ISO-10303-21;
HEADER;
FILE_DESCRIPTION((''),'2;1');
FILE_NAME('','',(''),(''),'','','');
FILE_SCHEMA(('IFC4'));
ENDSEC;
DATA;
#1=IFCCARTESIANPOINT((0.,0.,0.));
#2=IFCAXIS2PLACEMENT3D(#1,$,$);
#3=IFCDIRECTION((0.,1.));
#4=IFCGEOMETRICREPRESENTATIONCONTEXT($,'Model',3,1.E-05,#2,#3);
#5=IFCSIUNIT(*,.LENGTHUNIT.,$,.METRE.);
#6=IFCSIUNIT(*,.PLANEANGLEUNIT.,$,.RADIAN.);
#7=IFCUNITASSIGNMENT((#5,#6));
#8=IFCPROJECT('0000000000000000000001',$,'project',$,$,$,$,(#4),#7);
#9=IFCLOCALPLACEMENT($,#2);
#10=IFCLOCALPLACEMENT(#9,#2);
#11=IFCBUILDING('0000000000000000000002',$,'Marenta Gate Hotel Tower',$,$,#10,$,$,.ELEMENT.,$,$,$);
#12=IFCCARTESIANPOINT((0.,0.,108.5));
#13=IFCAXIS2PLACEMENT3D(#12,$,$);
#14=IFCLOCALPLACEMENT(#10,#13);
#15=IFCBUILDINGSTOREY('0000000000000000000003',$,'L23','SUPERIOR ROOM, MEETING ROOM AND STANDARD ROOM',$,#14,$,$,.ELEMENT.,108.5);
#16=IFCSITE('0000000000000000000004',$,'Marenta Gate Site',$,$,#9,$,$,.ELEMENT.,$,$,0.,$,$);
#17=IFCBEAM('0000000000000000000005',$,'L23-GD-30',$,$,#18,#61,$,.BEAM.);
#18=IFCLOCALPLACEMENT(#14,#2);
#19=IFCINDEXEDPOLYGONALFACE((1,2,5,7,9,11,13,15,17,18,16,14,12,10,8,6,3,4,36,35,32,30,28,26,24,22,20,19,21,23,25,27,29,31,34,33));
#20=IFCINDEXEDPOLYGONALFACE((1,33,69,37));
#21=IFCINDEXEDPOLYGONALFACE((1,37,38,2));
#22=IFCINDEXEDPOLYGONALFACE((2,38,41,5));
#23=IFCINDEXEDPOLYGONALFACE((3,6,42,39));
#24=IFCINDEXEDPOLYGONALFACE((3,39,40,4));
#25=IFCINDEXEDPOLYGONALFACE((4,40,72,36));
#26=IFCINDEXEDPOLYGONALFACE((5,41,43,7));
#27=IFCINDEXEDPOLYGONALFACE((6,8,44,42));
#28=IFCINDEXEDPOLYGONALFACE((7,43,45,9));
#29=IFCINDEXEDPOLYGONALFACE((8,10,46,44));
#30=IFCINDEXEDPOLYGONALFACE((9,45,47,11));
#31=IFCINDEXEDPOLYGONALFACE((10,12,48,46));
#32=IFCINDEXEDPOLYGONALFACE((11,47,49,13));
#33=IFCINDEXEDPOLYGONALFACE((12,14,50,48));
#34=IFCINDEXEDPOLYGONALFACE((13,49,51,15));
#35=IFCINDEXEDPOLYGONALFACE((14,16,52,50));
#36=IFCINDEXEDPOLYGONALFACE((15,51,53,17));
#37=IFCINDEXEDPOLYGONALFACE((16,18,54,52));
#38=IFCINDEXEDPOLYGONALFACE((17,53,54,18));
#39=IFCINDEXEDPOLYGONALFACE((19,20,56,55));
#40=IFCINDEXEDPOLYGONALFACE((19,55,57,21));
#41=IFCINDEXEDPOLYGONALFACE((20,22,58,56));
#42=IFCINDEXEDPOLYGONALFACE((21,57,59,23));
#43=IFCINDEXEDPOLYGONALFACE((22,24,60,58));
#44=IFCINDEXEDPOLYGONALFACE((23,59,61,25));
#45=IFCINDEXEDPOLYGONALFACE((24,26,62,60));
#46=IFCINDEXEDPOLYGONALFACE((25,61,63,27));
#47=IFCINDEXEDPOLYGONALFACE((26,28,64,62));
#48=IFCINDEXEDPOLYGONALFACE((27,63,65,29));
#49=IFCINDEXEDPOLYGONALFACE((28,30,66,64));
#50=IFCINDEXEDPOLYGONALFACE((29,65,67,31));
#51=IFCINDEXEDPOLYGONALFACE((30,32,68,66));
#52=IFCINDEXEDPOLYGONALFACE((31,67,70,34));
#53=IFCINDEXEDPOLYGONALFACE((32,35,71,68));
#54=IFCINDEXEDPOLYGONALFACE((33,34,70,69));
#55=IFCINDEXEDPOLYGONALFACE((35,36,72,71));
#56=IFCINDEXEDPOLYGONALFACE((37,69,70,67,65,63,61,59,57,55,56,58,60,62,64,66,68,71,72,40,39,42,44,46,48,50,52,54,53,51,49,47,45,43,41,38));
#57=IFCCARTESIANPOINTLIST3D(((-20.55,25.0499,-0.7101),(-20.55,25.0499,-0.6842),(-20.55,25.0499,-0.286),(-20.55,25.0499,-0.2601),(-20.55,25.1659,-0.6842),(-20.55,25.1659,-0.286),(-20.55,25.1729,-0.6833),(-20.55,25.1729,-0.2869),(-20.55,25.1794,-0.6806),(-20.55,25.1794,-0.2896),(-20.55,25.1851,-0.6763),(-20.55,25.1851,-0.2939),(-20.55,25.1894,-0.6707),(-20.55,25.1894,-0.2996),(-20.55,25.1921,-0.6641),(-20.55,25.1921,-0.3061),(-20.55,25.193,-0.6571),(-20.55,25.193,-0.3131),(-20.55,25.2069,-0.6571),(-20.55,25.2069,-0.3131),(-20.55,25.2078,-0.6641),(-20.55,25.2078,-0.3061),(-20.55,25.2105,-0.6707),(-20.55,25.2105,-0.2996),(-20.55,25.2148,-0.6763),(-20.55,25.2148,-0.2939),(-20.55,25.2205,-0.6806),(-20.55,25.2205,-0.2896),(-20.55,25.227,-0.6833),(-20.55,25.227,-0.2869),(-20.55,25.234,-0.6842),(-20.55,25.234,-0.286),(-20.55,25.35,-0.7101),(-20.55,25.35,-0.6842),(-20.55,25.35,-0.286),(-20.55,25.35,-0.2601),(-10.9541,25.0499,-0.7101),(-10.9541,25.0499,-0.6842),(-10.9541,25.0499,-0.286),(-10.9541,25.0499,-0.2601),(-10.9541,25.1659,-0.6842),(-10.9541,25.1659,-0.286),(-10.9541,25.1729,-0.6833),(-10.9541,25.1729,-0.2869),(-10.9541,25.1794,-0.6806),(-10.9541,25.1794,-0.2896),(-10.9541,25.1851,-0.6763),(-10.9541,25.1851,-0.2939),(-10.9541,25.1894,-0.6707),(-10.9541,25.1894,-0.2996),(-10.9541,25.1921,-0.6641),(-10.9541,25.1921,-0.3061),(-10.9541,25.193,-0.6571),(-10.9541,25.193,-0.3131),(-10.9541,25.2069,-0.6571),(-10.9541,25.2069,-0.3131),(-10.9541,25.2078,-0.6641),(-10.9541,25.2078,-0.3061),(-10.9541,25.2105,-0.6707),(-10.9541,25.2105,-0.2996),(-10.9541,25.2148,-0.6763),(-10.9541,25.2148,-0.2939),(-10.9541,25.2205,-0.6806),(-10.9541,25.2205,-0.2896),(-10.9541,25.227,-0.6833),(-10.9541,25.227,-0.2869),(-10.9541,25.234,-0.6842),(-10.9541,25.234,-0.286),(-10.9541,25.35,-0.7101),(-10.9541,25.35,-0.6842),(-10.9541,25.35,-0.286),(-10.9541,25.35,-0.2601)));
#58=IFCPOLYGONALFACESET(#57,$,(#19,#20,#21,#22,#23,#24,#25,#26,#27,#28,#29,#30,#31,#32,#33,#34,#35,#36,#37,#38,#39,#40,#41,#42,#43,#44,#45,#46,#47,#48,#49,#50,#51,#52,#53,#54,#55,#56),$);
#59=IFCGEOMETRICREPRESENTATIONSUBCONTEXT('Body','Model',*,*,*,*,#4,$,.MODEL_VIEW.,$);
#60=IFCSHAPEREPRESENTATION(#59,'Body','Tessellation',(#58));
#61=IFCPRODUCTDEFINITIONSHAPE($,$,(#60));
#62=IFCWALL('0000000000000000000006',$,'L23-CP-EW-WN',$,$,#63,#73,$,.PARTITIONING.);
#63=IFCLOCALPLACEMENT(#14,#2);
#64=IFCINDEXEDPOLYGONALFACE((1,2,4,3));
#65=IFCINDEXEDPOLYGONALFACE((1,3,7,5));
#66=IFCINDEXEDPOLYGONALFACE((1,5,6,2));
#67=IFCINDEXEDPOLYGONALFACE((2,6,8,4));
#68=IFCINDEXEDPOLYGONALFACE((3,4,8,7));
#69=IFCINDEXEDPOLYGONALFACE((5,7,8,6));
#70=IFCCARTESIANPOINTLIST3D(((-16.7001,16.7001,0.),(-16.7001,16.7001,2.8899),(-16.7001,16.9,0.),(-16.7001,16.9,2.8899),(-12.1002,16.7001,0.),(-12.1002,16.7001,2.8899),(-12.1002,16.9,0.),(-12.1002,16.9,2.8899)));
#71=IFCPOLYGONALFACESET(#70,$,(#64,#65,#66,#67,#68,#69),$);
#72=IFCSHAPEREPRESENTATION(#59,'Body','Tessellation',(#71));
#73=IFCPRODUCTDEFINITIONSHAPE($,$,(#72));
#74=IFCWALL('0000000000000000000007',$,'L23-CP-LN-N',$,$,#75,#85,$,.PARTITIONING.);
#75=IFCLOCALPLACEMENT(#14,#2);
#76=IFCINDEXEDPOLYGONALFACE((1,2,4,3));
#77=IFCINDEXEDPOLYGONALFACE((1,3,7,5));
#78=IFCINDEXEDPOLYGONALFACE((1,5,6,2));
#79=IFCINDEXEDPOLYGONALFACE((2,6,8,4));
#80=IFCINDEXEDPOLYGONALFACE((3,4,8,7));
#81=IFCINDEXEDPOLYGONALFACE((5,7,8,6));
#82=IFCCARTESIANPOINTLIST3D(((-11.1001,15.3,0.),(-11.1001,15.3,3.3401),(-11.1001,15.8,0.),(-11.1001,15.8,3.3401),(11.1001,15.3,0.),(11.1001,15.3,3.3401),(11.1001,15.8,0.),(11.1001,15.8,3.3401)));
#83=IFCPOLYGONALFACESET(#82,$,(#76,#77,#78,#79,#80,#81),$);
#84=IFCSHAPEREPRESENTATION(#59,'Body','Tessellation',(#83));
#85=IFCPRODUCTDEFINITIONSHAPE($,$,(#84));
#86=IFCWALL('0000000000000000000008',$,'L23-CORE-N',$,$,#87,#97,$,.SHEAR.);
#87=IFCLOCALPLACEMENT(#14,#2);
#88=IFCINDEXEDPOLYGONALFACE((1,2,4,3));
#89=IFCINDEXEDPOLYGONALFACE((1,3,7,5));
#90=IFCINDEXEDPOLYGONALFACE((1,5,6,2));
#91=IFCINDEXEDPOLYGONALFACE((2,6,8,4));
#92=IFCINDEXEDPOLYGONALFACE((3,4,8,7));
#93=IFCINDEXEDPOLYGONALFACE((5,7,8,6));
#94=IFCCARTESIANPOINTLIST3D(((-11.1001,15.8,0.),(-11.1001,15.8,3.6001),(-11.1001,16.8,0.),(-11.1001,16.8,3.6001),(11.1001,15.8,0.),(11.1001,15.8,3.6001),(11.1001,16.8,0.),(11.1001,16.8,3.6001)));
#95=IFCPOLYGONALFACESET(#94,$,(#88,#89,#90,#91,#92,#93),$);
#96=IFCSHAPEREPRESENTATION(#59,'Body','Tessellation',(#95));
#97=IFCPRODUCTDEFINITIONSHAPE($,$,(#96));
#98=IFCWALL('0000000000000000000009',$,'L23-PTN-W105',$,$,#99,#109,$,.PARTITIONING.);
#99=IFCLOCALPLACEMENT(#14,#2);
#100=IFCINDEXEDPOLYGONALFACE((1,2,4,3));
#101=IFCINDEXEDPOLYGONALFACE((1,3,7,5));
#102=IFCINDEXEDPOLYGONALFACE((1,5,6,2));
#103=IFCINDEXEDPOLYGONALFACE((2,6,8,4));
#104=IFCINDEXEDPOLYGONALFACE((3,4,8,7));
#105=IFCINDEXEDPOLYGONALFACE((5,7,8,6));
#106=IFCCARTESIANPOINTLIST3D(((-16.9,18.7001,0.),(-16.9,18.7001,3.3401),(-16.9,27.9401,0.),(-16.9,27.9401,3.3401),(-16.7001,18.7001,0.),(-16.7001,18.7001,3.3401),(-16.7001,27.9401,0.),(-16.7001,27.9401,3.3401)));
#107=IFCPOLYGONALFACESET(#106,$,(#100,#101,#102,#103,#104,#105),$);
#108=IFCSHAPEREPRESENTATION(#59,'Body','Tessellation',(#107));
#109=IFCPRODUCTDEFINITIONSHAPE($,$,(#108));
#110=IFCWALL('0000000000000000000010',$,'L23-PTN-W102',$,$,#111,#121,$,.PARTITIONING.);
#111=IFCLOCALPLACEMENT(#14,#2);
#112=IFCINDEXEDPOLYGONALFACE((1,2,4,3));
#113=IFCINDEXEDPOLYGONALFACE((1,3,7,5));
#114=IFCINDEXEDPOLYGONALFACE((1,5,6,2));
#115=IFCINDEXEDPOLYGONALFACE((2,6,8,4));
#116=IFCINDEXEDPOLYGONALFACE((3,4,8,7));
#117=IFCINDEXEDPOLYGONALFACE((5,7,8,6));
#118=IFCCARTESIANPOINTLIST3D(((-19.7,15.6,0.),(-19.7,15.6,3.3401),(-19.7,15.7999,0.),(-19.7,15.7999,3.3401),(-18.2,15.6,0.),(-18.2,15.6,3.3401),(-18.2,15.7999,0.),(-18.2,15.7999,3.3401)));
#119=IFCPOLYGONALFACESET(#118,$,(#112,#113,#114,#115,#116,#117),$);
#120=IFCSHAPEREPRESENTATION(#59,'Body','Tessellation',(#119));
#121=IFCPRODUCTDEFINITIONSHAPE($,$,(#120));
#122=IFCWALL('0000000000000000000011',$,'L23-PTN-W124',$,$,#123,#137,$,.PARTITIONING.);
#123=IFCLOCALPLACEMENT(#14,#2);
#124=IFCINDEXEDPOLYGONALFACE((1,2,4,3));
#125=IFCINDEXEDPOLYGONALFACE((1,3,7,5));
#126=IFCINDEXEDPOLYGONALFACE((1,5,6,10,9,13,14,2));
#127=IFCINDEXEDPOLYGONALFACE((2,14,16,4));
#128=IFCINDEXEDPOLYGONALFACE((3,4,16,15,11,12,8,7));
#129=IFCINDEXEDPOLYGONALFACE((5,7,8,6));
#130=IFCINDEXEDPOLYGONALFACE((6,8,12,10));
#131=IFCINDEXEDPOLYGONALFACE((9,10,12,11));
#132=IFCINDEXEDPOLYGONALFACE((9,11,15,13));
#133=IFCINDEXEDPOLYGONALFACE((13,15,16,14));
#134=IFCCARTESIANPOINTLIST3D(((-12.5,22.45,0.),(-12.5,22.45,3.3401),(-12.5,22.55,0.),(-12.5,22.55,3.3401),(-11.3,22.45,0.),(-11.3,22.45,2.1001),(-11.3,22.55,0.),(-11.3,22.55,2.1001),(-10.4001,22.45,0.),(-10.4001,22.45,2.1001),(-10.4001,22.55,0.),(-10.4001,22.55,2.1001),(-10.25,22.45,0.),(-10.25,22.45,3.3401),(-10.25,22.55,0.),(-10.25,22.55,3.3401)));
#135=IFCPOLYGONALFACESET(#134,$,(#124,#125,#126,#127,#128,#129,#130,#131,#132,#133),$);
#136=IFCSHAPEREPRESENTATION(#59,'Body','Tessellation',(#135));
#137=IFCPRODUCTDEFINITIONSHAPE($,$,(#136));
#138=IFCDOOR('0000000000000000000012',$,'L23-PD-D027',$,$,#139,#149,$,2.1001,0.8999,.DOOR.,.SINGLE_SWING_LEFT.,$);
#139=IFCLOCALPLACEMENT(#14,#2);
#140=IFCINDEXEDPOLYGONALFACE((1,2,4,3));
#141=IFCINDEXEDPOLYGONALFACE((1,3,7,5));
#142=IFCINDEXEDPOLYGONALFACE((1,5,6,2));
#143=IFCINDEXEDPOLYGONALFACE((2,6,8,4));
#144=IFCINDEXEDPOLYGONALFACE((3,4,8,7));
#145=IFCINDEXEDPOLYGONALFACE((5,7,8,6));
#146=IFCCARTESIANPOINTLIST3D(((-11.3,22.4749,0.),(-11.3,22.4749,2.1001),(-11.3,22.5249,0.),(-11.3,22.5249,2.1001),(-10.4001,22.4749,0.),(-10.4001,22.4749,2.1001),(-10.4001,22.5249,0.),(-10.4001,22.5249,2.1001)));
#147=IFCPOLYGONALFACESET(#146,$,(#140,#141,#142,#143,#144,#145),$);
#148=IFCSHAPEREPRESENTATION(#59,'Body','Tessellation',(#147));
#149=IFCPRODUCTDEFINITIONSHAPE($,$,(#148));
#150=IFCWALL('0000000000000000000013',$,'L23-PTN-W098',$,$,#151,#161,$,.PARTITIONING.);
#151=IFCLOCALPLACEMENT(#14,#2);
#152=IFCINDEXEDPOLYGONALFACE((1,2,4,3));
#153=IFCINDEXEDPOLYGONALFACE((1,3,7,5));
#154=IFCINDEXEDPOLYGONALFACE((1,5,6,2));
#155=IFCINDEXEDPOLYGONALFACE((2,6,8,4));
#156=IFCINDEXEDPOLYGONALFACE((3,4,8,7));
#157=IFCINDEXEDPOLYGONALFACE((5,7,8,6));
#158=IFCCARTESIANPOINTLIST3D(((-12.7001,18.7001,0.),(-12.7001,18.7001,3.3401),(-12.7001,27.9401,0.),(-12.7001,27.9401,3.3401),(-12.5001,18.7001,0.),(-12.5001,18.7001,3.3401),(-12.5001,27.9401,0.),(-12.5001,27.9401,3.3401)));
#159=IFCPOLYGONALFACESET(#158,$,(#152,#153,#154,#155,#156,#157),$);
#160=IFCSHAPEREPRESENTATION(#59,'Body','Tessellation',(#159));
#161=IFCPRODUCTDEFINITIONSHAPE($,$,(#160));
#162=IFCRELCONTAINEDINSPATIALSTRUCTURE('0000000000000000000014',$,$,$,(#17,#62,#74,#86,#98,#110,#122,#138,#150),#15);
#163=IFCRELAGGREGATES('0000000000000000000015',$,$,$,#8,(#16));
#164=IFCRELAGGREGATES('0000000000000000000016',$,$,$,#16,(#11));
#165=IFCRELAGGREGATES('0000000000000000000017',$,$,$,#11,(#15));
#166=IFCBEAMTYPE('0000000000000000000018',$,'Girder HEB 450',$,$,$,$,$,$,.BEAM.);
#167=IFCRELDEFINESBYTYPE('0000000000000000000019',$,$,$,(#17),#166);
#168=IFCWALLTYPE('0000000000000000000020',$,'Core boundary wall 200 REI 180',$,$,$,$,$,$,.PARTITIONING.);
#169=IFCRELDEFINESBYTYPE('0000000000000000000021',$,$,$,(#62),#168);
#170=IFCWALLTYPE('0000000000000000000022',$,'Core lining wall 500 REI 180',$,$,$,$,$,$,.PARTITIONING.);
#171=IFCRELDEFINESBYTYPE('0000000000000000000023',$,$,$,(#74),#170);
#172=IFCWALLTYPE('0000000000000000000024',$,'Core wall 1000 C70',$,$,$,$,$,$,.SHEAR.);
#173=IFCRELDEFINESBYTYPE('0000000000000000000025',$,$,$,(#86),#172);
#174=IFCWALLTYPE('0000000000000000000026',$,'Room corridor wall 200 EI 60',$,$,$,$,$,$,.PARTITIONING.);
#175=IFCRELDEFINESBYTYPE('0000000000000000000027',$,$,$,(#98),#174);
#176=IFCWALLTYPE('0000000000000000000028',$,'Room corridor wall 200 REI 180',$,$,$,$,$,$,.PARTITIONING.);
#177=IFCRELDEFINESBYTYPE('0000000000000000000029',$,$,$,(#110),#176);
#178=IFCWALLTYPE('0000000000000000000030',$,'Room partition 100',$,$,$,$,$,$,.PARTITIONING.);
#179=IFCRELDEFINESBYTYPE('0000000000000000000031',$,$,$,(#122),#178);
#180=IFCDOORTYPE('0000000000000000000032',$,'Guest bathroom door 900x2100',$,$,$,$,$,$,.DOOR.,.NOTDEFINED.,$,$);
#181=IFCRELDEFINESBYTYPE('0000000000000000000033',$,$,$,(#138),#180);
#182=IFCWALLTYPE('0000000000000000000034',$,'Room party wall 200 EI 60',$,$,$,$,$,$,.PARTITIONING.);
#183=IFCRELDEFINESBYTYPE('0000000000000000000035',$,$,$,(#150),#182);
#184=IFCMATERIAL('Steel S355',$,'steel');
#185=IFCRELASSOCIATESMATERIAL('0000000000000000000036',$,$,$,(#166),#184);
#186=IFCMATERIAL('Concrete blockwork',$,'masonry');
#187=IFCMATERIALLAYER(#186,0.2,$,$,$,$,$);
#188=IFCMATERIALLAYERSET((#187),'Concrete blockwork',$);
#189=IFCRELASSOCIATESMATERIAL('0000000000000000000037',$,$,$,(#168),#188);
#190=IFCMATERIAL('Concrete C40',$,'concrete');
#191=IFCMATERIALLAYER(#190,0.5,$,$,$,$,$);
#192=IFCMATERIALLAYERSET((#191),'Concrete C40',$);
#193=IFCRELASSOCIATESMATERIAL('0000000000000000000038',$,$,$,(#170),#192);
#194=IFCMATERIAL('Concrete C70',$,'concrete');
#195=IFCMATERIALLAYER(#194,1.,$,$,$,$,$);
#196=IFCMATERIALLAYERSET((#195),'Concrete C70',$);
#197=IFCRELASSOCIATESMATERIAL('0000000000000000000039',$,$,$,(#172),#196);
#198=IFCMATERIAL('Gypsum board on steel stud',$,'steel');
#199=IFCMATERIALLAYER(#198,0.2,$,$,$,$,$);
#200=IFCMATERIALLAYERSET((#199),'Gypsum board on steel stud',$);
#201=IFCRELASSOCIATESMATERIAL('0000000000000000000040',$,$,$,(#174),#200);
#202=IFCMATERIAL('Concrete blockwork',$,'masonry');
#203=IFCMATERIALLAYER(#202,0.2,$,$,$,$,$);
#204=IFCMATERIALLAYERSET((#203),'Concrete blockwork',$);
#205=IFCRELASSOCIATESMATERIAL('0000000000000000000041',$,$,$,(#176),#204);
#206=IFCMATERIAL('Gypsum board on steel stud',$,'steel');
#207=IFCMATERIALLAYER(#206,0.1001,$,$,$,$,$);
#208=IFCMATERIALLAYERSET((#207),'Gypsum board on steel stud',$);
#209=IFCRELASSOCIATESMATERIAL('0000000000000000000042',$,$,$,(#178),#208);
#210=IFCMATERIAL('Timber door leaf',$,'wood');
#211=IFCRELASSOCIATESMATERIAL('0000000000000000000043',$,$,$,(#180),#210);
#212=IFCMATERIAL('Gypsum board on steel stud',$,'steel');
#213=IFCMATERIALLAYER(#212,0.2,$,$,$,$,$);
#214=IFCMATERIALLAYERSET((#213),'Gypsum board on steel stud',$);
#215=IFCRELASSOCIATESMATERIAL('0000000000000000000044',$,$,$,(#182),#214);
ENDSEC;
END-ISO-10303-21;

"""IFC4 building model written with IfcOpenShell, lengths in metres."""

from ifc_helpers import new_model, si_unit, direction, frame, frame_2d, origin, origin_2d, place, context, subcontext, project, spatial, rectangle, i_section, extrude, material, layer, layer_set, material_profile, profile_set, type_object, element, fill, save


model = new_model("IFC4")

# Units and contexts
model_context = context("Model", 3, precision=1e-05, world=origin(), true_north=direction((0.0, 1.0)))
body_context = subcontext(model_context, "Body", "Model", "MODEL_VIEW")
ifc_project = project(units=[si_unit("LENGTHUNIT", "METRE"), si_unit("PLANEANGLEUNIT", "RADIAN")], contexts=[model_context])

# Site, building, storey
site_placement = place(None, origin())
site = spatial("IfcSite", under=ifc_project, at=site_placement, Name="Marenta Gate Site", CompositionType="ELEMENT", RefElevation=0.0)
building_placement = place(site_placement, origin())
building = spatial("IfcBuilding", under=site, at=building_placement, Name="Marenta Gate Hotel Tower", CompositionType="ELEMENT")
storey_placement = place(building_placement, frame((0.0, 0.0, 108.5)))
storey = spatial("IfcBuildingStorey", under=building, at=storey_placement, Name="L23", Description="SUPERIOR ROOM, MEETING ROOM AND STANDARD ROOM", CompositionType="ELEMENT", Elevation=108.5)

# Beam
ifc_material_1 = material(Name="Steel S355", Category="steel")
ifc_material_profile_1 = material_profile(ifc_material_1, i_section(OverallWidth=0.3, OverallDepth=0.45, WebThickness=0.0139, FlangeThickness=0.0259, FilletRadius=0.0271, at=origin_2d()), Name="HEB 450")
ifc_profile_set_1 = profile_set([ifc_material_profile_1], Name="Steel S355")
beam_type_1 = type_object("IfcBeamType", Name="Girder HEB 450", PredefinedType="BEAM", material=ifc_profile_set_1)
beam_1_placement = place(storey_placement, frame((-20.55, 25.2, -0.4851), z_axis=(1.0, 0.0, 0.0), x_axis=(0.0, 1.0, 0.0)))
element("IfcBeam", 1, at=beam_1_placement, inside=storey, type_object=beam_type_1, Name="L23-GD-30", PredefinedType="BEAM", context=body_context, shape_type="SweptSolid", body=[
    extrude(i_section(OverallWidth=0.3, OverallDepth=0.45, WebThickness=0.0139, FlangeThickness=0.0259, FilletRadius=0.0271, at=origin_2d()), origin(), (0.0, 0.0, 1.0), 9.5959),
])

# Walls
ifc_material_2 = material(Name="Concrete blockwork", Category="masonry")
ifc_layer_1 = layer(ifc_material_2, 0.2)
ifc_layer_set_1 = layer_set([ifc_layer_1], Name="Concrete blockwork")
wall_type_1 = type_object("IfcWallType", Name="Core boundary wall 200 REI 180", PredefinedType="PARTITIONING", material=ifc_layer_set_1)
wall_1_placement = place(storey_placement, frame((-16.7, 16.8, 0.0), z_axis=(0.0, 0.0, 1.0), x_axis=(1.0, 0.0, 0.0)))
element("IfcWall", 2, at=wall_1_placement, inside=storey, type_object=wall_type_1, Name="L23-CP-EW-WN", PredefinedType="PARTITIONING", context=body_context, shape_type="SweptSolid", body=[
    extrude(rectangle(XDim=4.5999, YDim=0.2, at=frame_2d((2.2998, 0.0))), origin(), (0.0, 0.0, 1.0), 2.8899),
])
ifc_material_3 = material(Name="Concrete C40", Category="concrete")
ifc_layer_2 = layer(ifc_material_3, 0.5)
ifc_layer_set_2 = layer_set([ifc_layer_2], Name="Concrete C40")
wall_type_2 = type_object("IfcWallType", Name="Core lining wall 500 REI 180", PredefinedType="PARTITIONING", material=ifc_layer_set_2)
wall_2_placement = place(storey_placement, frame((-11.1001, 15.55, 0.0), z_axis=(0.0, 0.0, 1.0), x_axis=(1.0, 0.0, 0.0)))
element("IfcWall", 3, at=wall_2_placement, inside=storey, type_object=wall_type_2, Name="L23-CP-LN-N", PredefinedType="PARTITIONING", context=body_context, shape_type="SweptSolid", body=[
    extrude(rectangle(XDim=22.2002, YDim=0.5, at=frame_2d((11.1001, 0.0))), origin(), (0.0, 0.0, 1.0), 3.3401),
])
ifc_material_4 = material(Name="Concrete C70", Category="concrete")
ifc_layer_3 = layer(ifc_material_4, 1.0)
ifc_layer_set_3 = layer_set([ifc_layer_3], Name="Concrete C70")
wall_type_3 = type_object("IfcWallType", Name="Core wall 1000 C70", PredefinedType="SHEAR", material=ifc_layer_set_3)
wall_3_placement = place(storey_placement, frame((-11.1001, 16.3, 0.0), z_axis=(0.0, 0.0, 1.0), x_axis=(1.0, 0.0, 0.0)))
element("IfcWall", 4, at=wall_3_placement, inside=storey, type_object=wall_type_3, Name="L23-CORE-N", PredefinedType="SHEAR", context=body_context, shape_type="SweptSolid", body=[
    extrude(rectangle(XDim=22.2002, YDim=1.0, at=frame_2d((11.1001, 0.0))), origin(), (0.0, 0.0, 1.0), 3.6001),
])
ifc_material_5 = material(Name="Gypsum board on steel stud", Category="steel")
ifc_layer_4 = layer(ifc_material_5, 0.2)
ifc_layer_set_4 = layer_set([ifc_layer_4], Name="Gypsum board on steel stud")
wall_type_4 = type_object("IfcWallType", Name="Room corridor wall 200 EI 60", PredefinedType="PARTITIONING", material=ifc_layer_set_4)
wall_4_placement = place(storey_placement, frame((-16.8, 18.7, 0.0), z_axis=(0.0, 0.0, 1.0), x_axis=(0.0, 1.0, 0.0)))
element("IfcWall", 5, at=wall_4_placement, inside=storey, type_object=wall_type_4, Name="L23-PTN-W105", PredefinedType="PARTITIONING", context=body_context, shape_type="SweptSolid", body=[
    extrude(rectangle(XDim=9.24, YDim=0.2, at=frame_2d((4.6201, 0.0))), origin(), (0.0, 0.0, 1.0), 3.3401),
])

# Wall
ifc_material_6 = material(Name="Concrete blockwork", Category="masonry")
ifc_layer_5 = layer(ifc_material_6, 0.2)
ifc_layer_set_5 = layer_set([ifc_layer_5], Name="Concrete blockwork")
wall_type_5 = type_object("IfcWallType", Name="Room corridor wall 200 REI 180", PredefinedType="PARTITIONING", material=ifc_layer_set_5)
wall_5_placement = place(storey_placement, frame((-19.7, 15.7, 0.0), z_axis=(0.0, 0.0, 1.0), x_axis=(1.0, 0.0, 0.0)))
element("IfcWall", 6, at=wall_5_placement, inside=storey, type_object=wall_type_5, Name="L23-PTN-W102", PredefinedType="PARTITIONING", context=body_context, shape_type="SweptSolid", body=[
    extrude(rectangle(XDim=1.5, YDim=0.2, at=frame_2d((0.75, 0.0))), origin(), (0.0, 0.0, 1.0), 3.3401),
])

# Wall, opening, door
ifc_material_7 = material(Name="Gypsum board on steel stud", Category="steel")
ifc_layer_6 = layer(ifc_material_7, 0.1001)
ifc_layer_set_6 = layer_set([ifc_layer_6], Name="Gypsum board on steel stud")
wall_type_6 = type_object("IfcWallType", Name="Room partition 100", PredefinedType="PARTITIONING", material=ifc_layer_set_6)
wall_6_placement = place(storey_placement, frame((-12.5, 22.5, 0.0), z_axis=(0.0, 0.0, 1.0), x_axis=(1.0, 0.0, 0.0)))
wall_6 = element("IfcWall", 7, at=wall_6_placement, inside=storey, type_object=wall_type_6, Name="L23-PTN-W124", PredefinedType="PARTITIONING", context=body_context, shape_type="SweptSolid", body=[
    extrude(rectangle(XDim=2.25, YDim=0.1001, at=frame_2d((1.125, 0.0))), origin(), (0.0, 0.0, 1.0), 3.3401),
])
opening_1_placement = place(wall_6_placement, frame((1.2, 0.0, 0.0)))
opening_1 = element("IfcOpeningElement", 8, at=opening_1_placement, cuts=wall_6, PredefinedType="OPENING", context=body_context, shape_type="SweptSolid", body=[
    extrude(rectangle(XDim=0.8999, YDim=2.1001, at=frame_2d((0.45, 1.05))), frame((0.0, 0.05, 0.0), z_axis=(0.0, -1.0, 0.0), x_axis=(1.0, 0.0, 0.0)), (0.0, 0.0, 1.0), 0.1001),
])
ifc_material_8 = material(Name="Timber door leaf", Category="wood")
door_type_1 = type_object("IfcDoorType", Name="Guest bathroom door 900x2100", OperationType="NOTDEFINED", PredefinedType="DOOR", material=ifc_material_8)
door_1_placement = place(opening_1_placement, origin())
door_1 = element("IfcDoor", 9, at=door_1_placement, inside=storey, type_object=door_type_1, Name="L23-PD-D027", OperationType="SINGLE_SWING_LEFT", OverallHeight=2.1001, OverallWidth=0.8999, PredefinedType="DOOR", context=body_context, shape_type="SweptSolid", body=[
    extrude(rectangle(XDim=0.8999, YDim=2.1001, at=frame_2d((0.45, 1.05))), frame((0.0, 0.0249, 0.0), z_axis=(0.0, -1.0, 0.0), x_axis=(1.0, 0.0, 0.0)), (0.0, 0.0, 1.0), 0.05),
])
fill(opening_1, door_1)

# Wall
ifc_material_9 = material(Name="Gypsum board on steel stud", Category="steel")
ifc_layer_7 = layer(ifc_material_9, 0.2)
ifc_layer_set_7 = layer_set([ifc_layer_7], Name="Gypsum board on steel stud")
wall_type_7 = type_object("IfcWallType", Name="Room party wall 200 EI 60", PredefinedType="PARTITIONING", material=ifc_layer_set_7)
wall_7_placement = place(storey_placement, frame((-12.6001, 18.7, 0.0), z_axis=(0.0, 0.0, 1.0), x_axis=(0.0, 1.0, 0.0)))
element("IfcWall", 10, at=wall_7_placement, inside=storey, type_object=wall_type_7, Name="L23-PTN-W098", PredefinedType="PARTITIONING", context=body_context, shape_type="SweptSolid", body=[
    extrude(rectangle(XDim=9.24, YDim=0.2, at=frame_2d((4.6201, 0.0))), origin(), (0.0, 0.0, 1.0), 3.3401),
])

save(model, "model.ifc")
